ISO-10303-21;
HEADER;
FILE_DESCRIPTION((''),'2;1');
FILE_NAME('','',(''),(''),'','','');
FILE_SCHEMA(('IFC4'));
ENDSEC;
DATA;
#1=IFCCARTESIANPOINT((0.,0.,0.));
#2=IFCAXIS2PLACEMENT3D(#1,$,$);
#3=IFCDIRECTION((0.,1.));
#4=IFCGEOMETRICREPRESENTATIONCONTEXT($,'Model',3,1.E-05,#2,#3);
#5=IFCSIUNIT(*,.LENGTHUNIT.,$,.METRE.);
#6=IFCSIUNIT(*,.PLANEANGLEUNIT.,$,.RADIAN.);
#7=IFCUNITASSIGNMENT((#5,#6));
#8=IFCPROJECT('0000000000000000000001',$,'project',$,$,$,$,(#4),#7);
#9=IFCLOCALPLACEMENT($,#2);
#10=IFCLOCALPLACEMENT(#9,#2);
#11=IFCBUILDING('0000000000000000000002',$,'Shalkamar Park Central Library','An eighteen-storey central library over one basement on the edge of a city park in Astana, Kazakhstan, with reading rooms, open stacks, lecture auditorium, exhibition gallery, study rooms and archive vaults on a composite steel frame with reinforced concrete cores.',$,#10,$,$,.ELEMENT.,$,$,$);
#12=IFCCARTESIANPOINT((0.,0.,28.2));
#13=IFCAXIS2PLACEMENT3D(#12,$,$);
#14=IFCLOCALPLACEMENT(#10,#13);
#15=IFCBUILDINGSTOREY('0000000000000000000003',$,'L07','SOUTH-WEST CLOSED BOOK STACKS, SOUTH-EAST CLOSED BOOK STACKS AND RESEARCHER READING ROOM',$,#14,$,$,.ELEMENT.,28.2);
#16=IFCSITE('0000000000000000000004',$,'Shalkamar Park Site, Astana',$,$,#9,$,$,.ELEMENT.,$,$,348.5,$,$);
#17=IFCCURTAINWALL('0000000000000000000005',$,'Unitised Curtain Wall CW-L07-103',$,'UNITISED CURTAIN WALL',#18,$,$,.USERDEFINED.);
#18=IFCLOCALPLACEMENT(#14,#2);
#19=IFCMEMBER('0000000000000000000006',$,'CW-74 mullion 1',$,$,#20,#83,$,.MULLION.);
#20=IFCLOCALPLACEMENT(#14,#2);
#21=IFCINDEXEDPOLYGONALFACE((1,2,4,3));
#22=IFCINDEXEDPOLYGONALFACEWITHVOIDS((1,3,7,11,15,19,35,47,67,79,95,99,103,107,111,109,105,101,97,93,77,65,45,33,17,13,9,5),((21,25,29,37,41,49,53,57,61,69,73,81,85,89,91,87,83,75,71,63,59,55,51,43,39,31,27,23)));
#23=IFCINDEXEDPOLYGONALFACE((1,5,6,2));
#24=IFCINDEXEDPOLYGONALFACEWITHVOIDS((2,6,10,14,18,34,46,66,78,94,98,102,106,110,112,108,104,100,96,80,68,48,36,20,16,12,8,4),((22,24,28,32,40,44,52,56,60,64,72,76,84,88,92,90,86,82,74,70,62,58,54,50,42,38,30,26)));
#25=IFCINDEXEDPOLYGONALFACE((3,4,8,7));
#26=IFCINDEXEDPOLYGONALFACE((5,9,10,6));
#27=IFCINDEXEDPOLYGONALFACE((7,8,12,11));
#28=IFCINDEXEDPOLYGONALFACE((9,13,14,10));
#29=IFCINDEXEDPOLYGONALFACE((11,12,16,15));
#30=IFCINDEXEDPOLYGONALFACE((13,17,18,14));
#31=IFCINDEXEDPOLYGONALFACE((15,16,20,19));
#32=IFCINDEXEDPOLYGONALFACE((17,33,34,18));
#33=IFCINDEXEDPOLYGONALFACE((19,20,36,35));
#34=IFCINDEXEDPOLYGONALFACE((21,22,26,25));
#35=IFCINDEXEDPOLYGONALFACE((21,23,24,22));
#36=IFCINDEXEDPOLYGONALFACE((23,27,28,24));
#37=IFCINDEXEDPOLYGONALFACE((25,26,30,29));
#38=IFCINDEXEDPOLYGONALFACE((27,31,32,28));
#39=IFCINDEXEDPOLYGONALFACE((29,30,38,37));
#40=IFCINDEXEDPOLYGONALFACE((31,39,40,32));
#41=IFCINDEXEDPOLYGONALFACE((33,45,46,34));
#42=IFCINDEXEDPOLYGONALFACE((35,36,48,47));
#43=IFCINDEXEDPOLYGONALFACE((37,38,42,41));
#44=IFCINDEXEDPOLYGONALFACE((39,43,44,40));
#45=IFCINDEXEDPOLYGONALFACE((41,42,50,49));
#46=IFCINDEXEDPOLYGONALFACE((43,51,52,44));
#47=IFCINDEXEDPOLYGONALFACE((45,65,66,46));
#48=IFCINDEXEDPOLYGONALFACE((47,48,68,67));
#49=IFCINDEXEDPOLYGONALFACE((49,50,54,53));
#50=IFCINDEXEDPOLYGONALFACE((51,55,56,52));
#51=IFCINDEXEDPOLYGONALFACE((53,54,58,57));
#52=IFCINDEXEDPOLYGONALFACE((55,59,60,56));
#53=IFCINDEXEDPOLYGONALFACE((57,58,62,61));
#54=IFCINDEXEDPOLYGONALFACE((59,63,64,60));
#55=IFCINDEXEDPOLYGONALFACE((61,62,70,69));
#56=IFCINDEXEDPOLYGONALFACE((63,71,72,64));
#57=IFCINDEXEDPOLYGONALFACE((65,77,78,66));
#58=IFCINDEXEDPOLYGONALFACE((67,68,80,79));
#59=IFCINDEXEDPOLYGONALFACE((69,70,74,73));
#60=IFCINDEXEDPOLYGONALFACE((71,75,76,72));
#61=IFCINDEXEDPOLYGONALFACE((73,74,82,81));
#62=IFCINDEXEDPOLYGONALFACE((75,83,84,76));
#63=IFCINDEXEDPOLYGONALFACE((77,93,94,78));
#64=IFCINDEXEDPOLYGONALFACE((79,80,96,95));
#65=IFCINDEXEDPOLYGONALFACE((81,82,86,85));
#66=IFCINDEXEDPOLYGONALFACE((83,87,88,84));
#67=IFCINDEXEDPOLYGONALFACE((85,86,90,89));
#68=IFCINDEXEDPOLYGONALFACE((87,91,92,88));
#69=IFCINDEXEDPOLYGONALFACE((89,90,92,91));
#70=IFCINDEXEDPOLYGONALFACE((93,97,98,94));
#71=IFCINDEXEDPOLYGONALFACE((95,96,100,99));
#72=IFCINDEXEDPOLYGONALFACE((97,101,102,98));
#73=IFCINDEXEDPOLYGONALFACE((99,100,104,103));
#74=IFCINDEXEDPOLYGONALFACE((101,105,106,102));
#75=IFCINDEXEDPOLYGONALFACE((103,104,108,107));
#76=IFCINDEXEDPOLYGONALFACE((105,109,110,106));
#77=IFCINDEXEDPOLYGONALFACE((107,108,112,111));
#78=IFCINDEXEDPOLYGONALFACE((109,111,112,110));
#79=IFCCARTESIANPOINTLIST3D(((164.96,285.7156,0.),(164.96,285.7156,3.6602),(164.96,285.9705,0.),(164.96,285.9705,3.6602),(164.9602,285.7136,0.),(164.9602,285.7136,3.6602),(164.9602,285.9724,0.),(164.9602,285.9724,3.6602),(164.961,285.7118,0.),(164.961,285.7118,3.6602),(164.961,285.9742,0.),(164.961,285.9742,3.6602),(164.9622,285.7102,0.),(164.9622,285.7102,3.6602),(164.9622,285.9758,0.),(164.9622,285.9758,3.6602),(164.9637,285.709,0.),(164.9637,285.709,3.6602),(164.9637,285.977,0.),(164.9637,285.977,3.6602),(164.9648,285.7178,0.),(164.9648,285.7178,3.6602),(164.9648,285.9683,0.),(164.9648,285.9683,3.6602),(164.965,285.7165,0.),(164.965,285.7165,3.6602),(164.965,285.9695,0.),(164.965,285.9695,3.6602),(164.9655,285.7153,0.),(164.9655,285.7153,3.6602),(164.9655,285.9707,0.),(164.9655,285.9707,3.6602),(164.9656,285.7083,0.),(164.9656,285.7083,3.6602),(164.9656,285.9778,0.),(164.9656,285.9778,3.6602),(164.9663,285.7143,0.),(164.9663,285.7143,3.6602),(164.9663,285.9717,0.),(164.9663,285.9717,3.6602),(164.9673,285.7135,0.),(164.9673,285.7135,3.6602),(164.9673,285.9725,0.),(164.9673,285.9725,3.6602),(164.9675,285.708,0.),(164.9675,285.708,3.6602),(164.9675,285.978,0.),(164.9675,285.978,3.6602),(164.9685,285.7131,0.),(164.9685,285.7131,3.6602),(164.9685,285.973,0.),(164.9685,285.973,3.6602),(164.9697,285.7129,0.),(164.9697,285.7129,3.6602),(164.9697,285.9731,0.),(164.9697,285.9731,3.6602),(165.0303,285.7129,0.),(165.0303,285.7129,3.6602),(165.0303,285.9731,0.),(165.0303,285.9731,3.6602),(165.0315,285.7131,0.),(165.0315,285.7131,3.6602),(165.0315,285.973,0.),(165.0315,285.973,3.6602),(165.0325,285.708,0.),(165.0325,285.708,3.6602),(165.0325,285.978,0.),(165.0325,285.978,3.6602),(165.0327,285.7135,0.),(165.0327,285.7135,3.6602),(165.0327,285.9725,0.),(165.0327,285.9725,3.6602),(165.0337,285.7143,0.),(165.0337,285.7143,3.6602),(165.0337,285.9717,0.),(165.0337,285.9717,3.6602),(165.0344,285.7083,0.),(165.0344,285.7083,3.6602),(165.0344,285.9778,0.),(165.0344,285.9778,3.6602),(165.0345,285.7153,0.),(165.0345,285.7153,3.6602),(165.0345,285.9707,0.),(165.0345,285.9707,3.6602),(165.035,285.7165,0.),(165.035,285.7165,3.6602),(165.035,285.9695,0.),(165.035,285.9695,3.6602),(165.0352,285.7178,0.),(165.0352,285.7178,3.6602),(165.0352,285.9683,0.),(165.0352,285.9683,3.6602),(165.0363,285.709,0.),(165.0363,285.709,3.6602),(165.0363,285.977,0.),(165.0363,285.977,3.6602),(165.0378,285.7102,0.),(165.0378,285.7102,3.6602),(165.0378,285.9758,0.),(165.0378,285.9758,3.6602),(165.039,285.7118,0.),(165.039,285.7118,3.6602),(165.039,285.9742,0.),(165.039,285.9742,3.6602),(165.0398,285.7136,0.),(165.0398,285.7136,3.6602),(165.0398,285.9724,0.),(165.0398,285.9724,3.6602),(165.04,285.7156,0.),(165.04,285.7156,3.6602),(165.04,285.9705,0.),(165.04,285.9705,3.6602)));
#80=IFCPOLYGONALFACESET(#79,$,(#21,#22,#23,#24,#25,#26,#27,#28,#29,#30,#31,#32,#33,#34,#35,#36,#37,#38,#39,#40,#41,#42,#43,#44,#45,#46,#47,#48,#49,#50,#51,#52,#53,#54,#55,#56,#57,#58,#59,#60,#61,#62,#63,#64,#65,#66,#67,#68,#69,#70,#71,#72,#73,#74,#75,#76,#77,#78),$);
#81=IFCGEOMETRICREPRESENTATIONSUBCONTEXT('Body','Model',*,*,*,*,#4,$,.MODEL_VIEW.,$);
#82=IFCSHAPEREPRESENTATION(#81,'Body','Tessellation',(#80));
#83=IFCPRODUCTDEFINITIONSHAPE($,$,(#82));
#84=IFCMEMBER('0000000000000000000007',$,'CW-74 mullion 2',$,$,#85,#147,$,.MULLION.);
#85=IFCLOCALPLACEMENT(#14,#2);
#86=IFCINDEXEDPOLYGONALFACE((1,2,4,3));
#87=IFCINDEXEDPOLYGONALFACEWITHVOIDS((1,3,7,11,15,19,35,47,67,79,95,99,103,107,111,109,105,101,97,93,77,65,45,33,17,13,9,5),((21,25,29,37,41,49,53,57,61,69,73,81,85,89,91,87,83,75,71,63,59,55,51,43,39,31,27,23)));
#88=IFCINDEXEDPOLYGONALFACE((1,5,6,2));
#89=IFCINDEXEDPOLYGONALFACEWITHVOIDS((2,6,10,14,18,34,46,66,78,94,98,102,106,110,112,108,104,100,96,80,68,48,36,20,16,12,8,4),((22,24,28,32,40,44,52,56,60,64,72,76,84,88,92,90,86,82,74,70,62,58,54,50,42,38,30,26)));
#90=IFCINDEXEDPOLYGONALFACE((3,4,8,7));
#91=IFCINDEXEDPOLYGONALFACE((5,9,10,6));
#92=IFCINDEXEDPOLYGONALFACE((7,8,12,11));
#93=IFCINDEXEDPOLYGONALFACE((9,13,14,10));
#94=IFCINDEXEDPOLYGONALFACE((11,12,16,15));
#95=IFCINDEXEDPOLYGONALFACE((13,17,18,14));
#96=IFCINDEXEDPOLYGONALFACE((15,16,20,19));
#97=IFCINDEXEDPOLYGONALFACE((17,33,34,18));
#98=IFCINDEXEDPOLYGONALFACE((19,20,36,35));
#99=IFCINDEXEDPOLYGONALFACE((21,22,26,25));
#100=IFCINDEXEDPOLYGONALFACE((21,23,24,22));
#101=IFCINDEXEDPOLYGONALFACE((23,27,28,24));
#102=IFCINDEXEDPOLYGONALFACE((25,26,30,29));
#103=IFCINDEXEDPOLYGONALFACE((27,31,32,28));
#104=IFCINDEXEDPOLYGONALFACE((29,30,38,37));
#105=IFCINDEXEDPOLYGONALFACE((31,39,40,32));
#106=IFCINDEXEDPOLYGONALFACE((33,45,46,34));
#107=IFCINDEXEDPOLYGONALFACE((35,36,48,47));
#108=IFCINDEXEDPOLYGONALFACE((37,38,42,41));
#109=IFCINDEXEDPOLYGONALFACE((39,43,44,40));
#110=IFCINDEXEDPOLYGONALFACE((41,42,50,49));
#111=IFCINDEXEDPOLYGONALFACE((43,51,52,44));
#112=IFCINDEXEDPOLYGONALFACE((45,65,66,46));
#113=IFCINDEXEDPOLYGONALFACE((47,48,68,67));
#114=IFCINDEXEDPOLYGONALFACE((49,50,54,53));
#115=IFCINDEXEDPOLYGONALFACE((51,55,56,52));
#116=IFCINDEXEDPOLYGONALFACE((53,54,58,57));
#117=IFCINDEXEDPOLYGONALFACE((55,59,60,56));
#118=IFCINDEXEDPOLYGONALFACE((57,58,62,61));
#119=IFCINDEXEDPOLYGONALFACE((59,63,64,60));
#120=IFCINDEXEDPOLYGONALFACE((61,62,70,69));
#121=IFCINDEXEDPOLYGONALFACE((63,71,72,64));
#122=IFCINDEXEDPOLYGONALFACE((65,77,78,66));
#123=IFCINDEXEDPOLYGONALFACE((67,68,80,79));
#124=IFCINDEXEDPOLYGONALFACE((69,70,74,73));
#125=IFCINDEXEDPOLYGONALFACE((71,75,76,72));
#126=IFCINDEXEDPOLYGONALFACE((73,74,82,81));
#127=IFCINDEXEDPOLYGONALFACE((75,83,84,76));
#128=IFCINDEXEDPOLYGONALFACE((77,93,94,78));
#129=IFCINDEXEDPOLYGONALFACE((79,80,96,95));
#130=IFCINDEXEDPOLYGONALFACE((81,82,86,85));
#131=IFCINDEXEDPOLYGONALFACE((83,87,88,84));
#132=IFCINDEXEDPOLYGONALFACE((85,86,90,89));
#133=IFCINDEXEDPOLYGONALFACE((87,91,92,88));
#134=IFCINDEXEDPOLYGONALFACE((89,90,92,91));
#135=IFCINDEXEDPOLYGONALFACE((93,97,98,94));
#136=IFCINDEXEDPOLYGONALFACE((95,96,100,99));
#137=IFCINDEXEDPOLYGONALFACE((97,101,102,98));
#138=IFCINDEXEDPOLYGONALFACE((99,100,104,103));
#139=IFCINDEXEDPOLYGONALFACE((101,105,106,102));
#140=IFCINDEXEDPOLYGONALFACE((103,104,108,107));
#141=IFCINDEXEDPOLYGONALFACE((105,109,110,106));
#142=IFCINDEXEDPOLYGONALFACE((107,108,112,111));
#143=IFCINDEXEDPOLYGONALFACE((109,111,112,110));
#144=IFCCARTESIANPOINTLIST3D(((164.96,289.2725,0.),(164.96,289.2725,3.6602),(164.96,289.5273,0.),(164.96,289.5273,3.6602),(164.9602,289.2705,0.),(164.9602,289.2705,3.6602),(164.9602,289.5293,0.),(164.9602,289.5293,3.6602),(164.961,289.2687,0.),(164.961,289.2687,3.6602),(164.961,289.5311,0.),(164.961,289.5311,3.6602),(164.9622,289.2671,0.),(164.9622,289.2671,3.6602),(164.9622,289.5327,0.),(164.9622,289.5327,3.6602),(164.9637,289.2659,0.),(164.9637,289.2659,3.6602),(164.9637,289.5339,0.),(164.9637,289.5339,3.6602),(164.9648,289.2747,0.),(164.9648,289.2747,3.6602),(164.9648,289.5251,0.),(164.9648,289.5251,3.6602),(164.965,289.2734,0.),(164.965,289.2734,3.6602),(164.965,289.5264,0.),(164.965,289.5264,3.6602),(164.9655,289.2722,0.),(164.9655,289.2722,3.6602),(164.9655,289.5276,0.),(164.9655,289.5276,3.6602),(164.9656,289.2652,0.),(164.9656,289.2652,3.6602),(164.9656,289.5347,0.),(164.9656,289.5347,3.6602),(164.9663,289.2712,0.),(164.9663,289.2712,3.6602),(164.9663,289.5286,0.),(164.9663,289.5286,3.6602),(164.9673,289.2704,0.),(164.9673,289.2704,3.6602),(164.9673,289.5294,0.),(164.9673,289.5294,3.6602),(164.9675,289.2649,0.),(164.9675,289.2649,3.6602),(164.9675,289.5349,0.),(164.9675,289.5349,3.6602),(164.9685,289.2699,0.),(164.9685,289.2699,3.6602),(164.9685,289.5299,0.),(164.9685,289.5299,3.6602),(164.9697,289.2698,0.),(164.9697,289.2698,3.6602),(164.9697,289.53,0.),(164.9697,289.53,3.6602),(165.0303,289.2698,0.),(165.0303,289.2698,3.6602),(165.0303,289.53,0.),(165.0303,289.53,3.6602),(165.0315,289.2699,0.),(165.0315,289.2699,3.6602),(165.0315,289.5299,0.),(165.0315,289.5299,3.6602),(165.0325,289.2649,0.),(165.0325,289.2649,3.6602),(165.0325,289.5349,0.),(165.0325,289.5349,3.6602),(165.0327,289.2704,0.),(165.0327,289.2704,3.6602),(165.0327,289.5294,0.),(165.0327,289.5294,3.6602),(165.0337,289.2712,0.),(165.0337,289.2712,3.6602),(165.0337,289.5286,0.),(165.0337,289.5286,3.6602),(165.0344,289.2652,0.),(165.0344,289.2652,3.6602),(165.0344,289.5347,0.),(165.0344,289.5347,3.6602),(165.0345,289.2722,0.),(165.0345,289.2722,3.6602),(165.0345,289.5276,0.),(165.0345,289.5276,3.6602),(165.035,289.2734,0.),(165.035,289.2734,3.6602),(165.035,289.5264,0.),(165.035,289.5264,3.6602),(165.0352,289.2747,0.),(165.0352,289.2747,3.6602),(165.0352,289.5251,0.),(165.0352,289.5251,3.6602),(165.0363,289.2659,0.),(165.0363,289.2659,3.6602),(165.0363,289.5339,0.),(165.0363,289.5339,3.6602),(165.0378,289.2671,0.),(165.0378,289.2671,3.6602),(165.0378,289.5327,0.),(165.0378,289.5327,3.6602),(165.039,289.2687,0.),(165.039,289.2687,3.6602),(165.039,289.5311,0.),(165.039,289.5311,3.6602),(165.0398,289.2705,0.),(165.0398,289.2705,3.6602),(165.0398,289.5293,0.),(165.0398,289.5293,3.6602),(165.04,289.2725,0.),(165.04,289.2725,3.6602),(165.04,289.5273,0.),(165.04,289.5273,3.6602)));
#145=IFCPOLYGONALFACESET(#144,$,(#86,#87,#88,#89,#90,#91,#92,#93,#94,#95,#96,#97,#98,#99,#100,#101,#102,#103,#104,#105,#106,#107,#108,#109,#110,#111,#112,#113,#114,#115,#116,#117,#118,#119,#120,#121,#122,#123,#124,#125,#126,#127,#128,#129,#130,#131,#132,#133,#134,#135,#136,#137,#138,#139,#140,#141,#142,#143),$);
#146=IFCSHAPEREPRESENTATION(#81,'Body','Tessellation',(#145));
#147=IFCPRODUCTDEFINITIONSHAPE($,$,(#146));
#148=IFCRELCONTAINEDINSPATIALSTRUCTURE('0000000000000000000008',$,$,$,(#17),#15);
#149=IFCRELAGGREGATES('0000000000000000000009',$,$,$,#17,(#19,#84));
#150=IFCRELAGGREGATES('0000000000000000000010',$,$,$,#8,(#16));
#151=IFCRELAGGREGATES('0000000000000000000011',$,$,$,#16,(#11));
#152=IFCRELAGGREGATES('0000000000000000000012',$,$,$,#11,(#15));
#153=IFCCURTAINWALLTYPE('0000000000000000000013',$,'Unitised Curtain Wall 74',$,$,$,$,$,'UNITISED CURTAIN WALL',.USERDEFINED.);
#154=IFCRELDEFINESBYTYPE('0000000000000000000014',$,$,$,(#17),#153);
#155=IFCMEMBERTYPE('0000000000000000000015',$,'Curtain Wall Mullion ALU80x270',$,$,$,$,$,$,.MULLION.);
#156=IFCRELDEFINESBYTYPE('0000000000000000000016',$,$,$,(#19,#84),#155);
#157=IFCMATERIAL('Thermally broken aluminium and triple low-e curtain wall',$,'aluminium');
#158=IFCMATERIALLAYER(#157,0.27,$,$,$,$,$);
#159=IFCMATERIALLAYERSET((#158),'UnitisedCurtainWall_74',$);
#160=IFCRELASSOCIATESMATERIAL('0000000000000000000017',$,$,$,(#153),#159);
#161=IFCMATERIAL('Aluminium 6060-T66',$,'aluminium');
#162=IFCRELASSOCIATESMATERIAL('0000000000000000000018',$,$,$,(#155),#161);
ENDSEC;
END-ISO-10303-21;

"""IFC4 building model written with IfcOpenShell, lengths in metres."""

from ifc_helpers import new_model, si_unit, direction, frame, origin, origin_2d, place, context, subcontext, project, spatial, hollow_rectangle, extrude, material, layer, layer_set, material_profile, profile_set, type_object, element, aggregate, save


model = new_model("IFC4")

# Units and contexts
model_context = context("Model", 3, precision=1e-05, world=origin(), true_north=direction((0.0, 1.0)))
body_context = subcontext(model_context, "Body", "Model", "MODEL_VIEW")
ifc_project = project(units=[si_unit("LENGTHUNIT", "METRE"), si_unit("PLANEANGLEUNIT", "RADIAN")], contexts=[model_context])

# Site, building, storey
site_placement = place(None, origin())
site = spatial("IfcSite", under=ifc_project, at=site_placement, Name="Shalkamar Park Site, Astana", CompositionType="ELEMENT", RefElevation=348.5)
building_placement = place(site_placement, origin())
building = spatial("IfcBuilding", under=site, at=building_placement, Name="Shalkamar Park Central Library", Description="An eighteen-storey central library over one basement on the edge of a city park in Astana, Kazakhstan, with reading rooms, open stacks, lecture auditorium, exhibition gallery, study rooms and archive vaults on a composite steel frame with reinforced concrete cores.", CompositionType="ELEMENT")
storey_placement = place(building_placement, frame((0.0, 0.0, 28.2)))
storey = spatial("IfcBuildingStorey", under=building, at=storey_placement, Name="L07", Description="SOUTH-WEST CLOSED BOOK STACKS, SOUTH-EAST CLOSED BOOK STACKS AND RESEARCHER READING ROOM", CompositionType="ELEMENT", Elevation=28.2)

# Curtain wall, members
ifc_material_1 = material(Name="Thermally broken aluminium and triple low-e curtain wall", Category="aluminium")
ifc_layer_1 = layer(ifc_material_1, 0.27)
ifc_layer_set_1 = layer_set([ifc_layer_1], Name="UnitisedCurtainWall_74")
curtain_wall_type = type_object("IfcCurtainWallType", Name="Unitised Curtain Wall 74", ElementType="UNITISED CURTAIN WALL", PredefinedType="USERDEFINED", material=ifc_layer_set_1)
curtain_wall_placement = place(storey_placement, origin())
curtain_wall = element("IfcCurtainWall", 1, at=curtain_wall_placement, inside=storey, type_object=curtain_wall_type, Name="Unitised Curtain Wall CW-L07-103", ObjectType="UNITISED CURTAIN WALL", PredefinedType="USERDEFINED")
ifc_material_2 = material(Name="Aluminium 6060-T66", Category="aluminium")
ifc_material_profile_1 = material_profile(ifc_material_2, hollow_rectangle(XDim=0.0801, YDim=0.27, WallThickness=0.0049, InnerFilletRadius=0.0049, OuterFilletRadius=0.0076, at=origin_2d()), Name="ALU 80x270x5")
ifc_profile_set_1 = profile_set([ifc_material_profile_1], Name="Aluminium 6060-T66")
member_type_1 = type_object("IfcMemberType", Name="Curtain Wall Mullion ALU80x270", PredefinedType="MULLION", material=ifc_profile_set_1)
member_1_placement = place(storey_placement, frame((165.0, 285.843, 0.0), z_axis=(0.0, 0.0, 1.0), x_axis=(-1.0, 0.0, 0.0)))
member_1 = element("IfcMember", 2, at=member_1_placement, type_object=member_type_1, Name="CW-74 mullion 1", PredefinedType="MULLION", context=body_context, shape_type="SweptSolid", body=[
    extrude(hollow_rectangle(XDim=0.0801, YDim=0.27, WallThickness=0.0049, InnerFilletRadius=0.0049, OuterFilletRadius=0.0076, at=origin_2d()), origin(), (0.0, 0.0, 1.0), 3.6602),
])
member_2_placement = place(storey_placement, frame((165.0, 289.3999, 0.0), z_axis=(0.0, 0.0, 1.0), x_axis=(-1.0, 0.0, 0.0)))
member_2 = element("IfcMember", 3, at=member_2_placement, type_object=member_type_1, Name="CW-74 mullion 2", PredefinedType="MULLION", context=body_context, shape_type="SweptSolid", body=[
    extrude(hollow_rectangle(XDim=0.0801, YDim=0.27, WallThickness=0.0049, InnerFilletRadius=0.0049, OuterFilletRadius=0.0076, at=origin_2d()), origin(), (0.0, 0.0, 1.0), 3.6602),
])

aggregate(curtain_wall, [member_1, member_2])

save(model, "model.ifc")
